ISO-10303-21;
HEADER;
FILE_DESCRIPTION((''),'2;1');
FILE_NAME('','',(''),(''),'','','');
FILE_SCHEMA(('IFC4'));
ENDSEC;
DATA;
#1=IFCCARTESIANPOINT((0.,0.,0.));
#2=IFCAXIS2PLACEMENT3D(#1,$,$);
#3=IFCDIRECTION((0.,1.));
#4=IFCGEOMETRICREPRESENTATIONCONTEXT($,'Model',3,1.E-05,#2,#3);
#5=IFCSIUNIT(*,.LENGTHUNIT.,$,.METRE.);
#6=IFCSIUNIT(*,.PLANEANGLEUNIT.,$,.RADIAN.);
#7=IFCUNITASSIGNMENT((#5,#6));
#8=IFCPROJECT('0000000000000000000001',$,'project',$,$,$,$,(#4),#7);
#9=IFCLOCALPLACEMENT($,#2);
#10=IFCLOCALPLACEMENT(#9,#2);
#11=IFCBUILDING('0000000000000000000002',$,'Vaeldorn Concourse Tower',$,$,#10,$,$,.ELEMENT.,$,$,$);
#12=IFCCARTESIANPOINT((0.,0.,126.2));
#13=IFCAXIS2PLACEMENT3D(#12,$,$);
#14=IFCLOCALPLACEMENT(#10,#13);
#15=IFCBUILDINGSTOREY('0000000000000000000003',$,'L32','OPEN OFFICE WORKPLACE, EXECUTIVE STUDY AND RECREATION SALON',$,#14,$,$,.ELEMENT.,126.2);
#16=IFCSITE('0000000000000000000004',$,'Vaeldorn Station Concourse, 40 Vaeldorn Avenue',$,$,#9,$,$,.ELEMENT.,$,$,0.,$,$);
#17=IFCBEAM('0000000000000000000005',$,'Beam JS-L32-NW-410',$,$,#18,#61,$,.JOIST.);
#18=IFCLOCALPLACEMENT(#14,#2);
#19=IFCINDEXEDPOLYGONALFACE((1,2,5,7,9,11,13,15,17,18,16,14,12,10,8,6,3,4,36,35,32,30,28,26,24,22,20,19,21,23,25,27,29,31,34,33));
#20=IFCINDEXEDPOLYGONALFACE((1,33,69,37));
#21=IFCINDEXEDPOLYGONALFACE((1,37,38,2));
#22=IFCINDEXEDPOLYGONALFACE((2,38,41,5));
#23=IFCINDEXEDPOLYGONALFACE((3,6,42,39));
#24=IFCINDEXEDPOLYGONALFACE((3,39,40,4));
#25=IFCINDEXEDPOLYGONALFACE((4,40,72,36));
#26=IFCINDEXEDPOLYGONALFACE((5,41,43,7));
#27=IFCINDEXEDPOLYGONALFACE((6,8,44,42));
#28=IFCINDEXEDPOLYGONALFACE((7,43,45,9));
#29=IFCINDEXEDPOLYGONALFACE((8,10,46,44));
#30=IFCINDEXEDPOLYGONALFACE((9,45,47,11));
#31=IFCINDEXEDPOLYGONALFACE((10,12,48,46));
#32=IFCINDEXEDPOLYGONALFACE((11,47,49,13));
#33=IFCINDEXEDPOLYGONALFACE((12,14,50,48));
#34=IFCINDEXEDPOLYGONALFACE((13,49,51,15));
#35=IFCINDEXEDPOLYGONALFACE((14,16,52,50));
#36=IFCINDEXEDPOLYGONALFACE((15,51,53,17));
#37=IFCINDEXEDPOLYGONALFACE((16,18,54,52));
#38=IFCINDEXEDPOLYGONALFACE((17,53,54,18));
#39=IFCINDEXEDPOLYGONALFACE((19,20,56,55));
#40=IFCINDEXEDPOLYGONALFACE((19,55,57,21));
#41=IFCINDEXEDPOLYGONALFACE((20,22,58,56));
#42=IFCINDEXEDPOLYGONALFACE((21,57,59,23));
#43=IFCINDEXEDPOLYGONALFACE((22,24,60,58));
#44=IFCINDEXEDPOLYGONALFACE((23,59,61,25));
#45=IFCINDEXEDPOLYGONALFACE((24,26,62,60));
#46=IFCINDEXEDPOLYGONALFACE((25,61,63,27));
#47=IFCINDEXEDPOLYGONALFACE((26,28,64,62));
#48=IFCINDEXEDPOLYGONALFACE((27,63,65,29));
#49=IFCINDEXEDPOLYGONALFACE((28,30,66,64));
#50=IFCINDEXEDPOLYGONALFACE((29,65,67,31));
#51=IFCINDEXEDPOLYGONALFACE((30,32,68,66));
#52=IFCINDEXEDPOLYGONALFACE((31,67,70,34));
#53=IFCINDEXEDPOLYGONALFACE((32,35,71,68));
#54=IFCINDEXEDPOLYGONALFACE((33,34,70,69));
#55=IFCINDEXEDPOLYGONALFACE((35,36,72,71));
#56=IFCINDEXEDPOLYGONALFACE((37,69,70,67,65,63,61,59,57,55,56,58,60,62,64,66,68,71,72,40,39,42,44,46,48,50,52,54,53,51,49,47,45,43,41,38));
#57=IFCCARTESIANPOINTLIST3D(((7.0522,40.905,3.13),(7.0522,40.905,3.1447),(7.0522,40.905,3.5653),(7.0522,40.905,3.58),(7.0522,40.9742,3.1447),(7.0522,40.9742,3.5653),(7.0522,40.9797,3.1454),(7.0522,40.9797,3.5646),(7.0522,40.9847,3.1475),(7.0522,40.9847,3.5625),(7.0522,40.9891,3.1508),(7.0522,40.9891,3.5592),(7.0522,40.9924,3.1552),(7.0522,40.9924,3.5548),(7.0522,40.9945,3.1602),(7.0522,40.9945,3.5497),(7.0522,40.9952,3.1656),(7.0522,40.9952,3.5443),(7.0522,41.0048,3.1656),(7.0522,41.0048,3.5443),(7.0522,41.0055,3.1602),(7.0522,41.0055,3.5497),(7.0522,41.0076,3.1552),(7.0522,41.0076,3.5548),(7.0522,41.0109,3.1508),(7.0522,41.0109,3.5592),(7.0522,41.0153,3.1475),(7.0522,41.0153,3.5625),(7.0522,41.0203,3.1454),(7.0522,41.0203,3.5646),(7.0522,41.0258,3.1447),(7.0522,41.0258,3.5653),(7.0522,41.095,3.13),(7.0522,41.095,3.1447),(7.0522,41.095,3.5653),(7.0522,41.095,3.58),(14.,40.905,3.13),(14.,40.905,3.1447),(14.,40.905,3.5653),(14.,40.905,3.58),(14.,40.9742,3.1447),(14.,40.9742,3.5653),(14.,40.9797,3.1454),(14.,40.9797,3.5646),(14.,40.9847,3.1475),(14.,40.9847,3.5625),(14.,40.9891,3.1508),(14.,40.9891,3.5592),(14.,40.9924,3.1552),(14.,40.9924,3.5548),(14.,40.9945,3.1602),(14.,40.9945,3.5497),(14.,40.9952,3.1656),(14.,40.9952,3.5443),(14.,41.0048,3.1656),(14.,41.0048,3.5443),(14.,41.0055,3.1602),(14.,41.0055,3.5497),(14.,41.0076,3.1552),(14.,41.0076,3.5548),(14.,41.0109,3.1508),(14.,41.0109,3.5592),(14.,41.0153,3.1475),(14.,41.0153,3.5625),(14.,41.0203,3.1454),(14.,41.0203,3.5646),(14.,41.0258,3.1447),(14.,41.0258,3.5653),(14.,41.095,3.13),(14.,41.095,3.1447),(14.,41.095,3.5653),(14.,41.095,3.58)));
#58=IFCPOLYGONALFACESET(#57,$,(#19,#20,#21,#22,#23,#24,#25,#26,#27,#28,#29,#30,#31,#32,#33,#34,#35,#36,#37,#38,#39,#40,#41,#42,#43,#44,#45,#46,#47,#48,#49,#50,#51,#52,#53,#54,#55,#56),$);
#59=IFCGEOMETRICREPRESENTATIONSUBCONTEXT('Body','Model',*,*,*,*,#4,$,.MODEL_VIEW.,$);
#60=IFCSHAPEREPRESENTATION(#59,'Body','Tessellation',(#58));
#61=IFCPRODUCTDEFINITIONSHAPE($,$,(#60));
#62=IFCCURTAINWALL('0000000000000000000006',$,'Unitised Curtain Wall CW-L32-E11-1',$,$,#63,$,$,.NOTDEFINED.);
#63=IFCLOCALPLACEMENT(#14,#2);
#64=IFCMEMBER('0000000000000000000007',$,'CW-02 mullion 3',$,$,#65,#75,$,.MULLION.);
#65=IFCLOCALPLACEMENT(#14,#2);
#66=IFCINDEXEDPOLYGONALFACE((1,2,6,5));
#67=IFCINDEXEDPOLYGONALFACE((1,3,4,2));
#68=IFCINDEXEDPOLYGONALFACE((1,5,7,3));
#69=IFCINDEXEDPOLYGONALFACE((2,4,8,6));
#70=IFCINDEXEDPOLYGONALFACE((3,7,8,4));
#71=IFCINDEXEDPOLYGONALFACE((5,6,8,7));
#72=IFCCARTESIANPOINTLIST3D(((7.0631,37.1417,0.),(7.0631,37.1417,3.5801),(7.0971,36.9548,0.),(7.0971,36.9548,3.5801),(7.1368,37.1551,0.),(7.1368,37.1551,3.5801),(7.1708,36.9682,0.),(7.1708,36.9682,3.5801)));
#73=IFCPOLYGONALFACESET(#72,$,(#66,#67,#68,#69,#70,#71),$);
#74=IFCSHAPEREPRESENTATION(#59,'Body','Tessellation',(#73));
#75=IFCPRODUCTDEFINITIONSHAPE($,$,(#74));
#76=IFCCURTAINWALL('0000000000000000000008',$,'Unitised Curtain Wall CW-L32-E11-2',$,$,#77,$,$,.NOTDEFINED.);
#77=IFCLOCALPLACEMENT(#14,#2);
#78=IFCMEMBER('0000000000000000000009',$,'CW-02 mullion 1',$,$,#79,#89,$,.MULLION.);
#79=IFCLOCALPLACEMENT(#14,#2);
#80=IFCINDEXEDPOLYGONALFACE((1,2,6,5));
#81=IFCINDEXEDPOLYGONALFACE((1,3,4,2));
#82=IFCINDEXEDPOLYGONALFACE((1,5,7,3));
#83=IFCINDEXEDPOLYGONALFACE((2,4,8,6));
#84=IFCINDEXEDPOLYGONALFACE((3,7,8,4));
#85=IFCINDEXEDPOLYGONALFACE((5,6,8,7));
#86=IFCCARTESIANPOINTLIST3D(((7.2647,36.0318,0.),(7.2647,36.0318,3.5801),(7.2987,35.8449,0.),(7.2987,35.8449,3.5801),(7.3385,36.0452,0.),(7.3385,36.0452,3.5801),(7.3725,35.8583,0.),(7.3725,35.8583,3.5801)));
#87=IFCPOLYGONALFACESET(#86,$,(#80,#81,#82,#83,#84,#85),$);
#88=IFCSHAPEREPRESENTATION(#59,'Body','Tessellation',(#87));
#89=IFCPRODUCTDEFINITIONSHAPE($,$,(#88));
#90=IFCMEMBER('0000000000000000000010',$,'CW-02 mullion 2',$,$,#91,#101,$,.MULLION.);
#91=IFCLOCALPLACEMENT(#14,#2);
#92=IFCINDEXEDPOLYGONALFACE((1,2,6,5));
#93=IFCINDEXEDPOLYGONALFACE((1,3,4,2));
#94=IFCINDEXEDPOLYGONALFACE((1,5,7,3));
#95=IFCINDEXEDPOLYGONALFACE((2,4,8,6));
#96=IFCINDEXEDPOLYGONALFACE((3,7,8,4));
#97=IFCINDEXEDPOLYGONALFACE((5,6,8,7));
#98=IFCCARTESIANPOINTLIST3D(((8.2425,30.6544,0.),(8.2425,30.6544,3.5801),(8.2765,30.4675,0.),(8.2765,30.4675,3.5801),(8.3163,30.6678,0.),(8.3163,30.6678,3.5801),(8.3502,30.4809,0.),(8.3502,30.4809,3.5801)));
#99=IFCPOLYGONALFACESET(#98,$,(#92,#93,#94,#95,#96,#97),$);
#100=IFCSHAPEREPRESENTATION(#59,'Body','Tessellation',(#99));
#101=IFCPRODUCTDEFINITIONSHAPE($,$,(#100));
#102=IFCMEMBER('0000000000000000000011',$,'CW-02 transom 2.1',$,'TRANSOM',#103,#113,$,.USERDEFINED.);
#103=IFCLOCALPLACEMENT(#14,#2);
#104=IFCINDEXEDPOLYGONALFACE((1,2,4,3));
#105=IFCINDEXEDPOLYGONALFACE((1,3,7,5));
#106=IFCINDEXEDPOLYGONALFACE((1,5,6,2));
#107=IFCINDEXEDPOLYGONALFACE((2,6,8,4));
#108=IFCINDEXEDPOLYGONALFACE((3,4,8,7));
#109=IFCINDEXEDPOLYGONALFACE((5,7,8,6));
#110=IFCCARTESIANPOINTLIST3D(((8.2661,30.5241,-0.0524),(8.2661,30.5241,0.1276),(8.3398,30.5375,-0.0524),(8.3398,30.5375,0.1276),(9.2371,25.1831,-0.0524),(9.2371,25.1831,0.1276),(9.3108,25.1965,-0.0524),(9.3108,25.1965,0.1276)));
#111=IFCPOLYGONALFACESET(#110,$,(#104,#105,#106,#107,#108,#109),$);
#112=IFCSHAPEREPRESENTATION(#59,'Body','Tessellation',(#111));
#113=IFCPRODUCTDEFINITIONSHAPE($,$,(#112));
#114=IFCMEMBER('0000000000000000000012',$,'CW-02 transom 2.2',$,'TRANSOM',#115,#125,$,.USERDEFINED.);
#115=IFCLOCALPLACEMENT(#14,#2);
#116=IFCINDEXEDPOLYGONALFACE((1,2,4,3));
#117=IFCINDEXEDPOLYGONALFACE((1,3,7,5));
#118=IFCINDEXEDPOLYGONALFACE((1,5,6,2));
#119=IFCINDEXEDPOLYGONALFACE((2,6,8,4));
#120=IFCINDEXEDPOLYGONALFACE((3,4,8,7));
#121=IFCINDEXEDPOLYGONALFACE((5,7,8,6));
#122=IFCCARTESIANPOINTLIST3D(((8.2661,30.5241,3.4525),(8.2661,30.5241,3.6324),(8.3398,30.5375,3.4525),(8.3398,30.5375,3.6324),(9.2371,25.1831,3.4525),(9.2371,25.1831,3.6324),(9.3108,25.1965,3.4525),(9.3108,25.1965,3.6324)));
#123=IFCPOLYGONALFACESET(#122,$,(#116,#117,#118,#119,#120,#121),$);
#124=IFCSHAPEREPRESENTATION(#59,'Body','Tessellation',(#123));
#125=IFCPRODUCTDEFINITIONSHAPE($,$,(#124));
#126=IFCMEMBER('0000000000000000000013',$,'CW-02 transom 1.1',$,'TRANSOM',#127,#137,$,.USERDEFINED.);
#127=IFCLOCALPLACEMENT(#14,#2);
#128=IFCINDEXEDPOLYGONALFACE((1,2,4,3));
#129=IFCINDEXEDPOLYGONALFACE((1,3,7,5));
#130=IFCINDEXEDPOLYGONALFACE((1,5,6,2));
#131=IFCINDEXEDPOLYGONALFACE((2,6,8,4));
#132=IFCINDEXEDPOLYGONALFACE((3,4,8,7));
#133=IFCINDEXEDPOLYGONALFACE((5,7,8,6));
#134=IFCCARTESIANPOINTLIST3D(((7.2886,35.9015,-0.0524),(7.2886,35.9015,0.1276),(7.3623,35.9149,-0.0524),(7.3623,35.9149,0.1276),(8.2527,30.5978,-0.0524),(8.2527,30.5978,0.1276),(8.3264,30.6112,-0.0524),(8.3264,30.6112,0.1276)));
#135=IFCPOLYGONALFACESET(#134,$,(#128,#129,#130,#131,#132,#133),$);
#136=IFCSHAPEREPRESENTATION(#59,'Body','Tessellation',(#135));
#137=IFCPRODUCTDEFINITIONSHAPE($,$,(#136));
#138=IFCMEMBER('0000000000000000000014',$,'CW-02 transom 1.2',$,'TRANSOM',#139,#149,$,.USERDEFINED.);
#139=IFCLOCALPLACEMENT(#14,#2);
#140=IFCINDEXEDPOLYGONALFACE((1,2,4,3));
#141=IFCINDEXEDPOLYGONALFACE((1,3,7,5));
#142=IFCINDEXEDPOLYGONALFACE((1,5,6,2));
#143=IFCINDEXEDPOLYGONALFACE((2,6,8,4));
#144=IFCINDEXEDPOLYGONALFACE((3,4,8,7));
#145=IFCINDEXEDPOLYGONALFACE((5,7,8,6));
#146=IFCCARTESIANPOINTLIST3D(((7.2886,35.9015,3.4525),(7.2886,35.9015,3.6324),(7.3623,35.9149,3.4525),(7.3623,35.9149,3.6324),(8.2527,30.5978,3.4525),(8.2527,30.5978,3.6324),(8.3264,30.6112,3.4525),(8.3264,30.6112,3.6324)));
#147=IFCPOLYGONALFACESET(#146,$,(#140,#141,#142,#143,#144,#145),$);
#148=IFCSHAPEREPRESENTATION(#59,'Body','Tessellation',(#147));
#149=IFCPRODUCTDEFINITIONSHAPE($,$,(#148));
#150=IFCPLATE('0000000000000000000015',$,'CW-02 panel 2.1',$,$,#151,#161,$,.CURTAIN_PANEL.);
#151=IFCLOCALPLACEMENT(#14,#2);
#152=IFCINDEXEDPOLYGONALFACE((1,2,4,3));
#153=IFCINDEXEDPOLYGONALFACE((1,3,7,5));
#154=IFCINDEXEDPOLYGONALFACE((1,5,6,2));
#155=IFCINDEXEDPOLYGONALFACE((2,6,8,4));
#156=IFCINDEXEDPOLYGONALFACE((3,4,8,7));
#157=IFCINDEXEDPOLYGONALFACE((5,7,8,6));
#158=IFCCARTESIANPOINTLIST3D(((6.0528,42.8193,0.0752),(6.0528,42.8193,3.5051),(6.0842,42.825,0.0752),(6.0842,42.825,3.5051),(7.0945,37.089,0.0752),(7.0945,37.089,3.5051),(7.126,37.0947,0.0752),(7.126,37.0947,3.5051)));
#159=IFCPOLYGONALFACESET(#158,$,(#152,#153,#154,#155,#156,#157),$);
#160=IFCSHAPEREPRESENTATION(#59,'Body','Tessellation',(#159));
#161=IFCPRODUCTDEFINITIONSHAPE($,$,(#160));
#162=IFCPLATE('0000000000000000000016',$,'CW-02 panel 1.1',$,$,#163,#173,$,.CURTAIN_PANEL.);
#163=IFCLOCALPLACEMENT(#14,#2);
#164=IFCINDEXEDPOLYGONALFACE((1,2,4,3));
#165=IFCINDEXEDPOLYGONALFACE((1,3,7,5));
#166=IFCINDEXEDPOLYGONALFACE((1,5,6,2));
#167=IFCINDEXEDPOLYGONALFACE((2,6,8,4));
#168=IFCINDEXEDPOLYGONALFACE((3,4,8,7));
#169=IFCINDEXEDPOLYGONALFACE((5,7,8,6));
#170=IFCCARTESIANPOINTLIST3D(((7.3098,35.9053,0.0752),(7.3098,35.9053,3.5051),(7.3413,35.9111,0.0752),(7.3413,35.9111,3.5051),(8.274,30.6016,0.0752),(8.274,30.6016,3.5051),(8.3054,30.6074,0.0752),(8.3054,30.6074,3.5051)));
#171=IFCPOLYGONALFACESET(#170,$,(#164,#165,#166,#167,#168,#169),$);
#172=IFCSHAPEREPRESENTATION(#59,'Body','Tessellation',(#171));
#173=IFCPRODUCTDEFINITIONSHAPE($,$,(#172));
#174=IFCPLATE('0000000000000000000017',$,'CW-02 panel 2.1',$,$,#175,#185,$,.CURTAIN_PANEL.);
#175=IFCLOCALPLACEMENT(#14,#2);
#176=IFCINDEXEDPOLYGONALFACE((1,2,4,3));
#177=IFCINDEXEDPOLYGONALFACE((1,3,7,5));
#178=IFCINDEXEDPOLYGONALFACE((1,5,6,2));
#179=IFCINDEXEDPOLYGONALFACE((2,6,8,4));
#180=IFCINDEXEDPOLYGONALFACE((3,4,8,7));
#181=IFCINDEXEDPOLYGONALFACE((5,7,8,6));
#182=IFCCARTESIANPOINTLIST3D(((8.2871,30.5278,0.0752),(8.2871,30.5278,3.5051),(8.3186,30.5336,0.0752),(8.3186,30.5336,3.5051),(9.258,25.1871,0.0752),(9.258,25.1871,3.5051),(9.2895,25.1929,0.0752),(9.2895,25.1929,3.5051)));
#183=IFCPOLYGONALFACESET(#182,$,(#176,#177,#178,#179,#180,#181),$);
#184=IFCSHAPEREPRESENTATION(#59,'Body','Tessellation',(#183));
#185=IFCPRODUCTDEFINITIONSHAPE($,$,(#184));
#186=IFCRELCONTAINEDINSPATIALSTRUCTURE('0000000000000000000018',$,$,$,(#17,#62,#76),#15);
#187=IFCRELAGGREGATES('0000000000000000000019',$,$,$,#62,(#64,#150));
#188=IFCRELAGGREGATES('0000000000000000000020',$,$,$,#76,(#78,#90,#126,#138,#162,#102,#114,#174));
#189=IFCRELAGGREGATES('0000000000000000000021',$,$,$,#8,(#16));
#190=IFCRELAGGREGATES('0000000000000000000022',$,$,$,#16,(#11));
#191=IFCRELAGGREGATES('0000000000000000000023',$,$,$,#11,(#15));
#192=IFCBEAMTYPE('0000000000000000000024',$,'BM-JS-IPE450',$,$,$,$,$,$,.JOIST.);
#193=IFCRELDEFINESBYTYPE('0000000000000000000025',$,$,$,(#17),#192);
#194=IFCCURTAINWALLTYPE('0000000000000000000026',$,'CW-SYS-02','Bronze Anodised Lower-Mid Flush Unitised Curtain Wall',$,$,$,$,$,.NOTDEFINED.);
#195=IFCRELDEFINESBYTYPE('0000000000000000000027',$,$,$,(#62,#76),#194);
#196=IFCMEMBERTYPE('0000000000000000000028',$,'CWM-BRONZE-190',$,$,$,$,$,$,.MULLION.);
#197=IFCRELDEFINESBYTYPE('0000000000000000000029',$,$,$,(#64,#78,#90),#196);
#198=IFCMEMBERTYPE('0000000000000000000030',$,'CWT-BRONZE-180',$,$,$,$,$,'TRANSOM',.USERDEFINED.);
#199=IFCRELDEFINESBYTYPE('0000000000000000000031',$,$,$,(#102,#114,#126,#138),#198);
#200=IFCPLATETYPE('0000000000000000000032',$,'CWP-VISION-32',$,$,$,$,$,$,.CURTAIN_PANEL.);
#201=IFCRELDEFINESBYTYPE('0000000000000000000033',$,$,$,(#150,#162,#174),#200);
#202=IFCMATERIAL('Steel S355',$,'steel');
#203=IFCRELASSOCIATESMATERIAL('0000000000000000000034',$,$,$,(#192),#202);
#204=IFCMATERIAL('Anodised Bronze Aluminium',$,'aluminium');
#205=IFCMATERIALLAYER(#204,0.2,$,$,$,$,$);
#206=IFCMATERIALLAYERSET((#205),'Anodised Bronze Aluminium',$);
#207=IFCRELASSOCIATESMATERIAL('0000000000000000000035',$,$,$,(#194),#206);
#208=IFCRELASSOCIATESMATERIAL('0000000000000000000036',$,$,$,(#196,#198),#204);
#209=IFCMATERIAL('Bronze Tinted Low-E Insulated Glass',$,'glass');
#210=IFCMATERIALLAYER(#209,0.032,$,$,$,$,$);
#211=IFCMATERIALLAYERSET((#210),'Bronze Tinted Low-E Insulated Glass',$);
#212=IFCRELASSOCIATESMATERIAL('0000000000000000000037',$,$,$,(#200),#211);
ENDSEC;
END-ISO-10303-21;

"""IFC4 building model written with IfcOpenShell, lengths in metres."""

from ifc_helpers import new_model, si_unit, direction, frame, origin, origin_2d, place, context, subcontext, project, spatial, rectangle, i_section, extrude, source, transform, mapped, material, layer, layer_set, material_profile, profile_set, type_object, element, aggregate, save


model = new_model("IFC4")

# Units and contexts
model_context = context("Model", 3, precision=1e-05, world=origin(), true_north=direction((0.0, 1.0)))
body_context = subcontext(model_context, "Body", "Model", "MODEL_VIEW")
ifc_project = project(units=[si_unit("LENGTHUNIT", "METRE"), si_unit("PLANEANGLEUNIT", "RADIAN")], contexts=[model_context])

# Site, building, storey
site_placement = place(None, origin())
site = spatial("IfcSite", under=ifc_project, at=site_placement, Name="Vaeldorn Station Concourse, 40 Vaeldorn Avenue", CompositionType="ELEMENT", RefElevation=0.0)
building_placement = place(site_placement, origin())
building = spatial("IfcBuilding", under=site, at=building_placement, Name="Vaeldorn Concourse Tower", CompositionType="ELEMENT")
storey_placement = place(building_placement, frame((0.0, 0.0, 126.2)))
storey = spatial("IfcBuildingStorey", under=building, at=storey_placement, Name="L32", Description="OPEN OFFICE WORKPLACE, EXECUTIVE STUDY AND RECREATION SALON", CompositionType="ELEMENT", Elevation=126.2)

# Beam
ifc_material_1 = material(Name="Steel S355", Category="steel")
ifc_material_profile_1 = material_profile(ifc_material_1, i_section(OverallWidth=0.1899, OverallDepth=0.45, WebThickness=0.0095, FlangeThickness=0.0146, FilletRadius=0.021, at=origin_2d()), Name="IPE 450")
ifc_profile_set_1 = profile_set([ifc_material_profile_1], Name="Steel S355")
beam_type_1 = type_object("IfcBeamType", Name="BM-JS-IPE450", PredefinedType="JOIST", material=ifc_profile_set_1)
shared_shape_1 = source(origin(), body_context, "Body", "SweptSolid", [
    extrude(i_section(OverallWidth=0.1899, OverallDepth=0.45, WebThickness=0.0095, FlangeThickness=0.0146, FilletRadius=0.021, at=origin_2d()), origin(), (0.0, 0.0, 1.0), 6.9478),
])
beam_1_placement = place(storey_placement, frame((7.0522, 41.0, 3.355), z_axis=(1.0, 0.0, 0.0), x_axis=(0.0, 1.0, 0.0)))
element("IfcBeam", 1, at=beam_1_placement, inside=storey, type_object=beam_type_1, Name="Beam JS-L32-NW-410", PredefinedType="JOIST", context=body_context, shape_type="MappedRepresentation", body=[
    mapped(shared_shape_1, transform((0.0, 0.0, 0.0), scale=1.0)),
])

# Curtain wall, member
ifc_material_2 = material(Name="Anodised Bronze Aluminium", Category="aluminium")
ifc_layer_1 = layer(ifc_material_2, 0.2)
ifc_layer_set_1 = layer_set([ifc_layer_1], Name="Anodised Bronze Aluminium")
curtain_wall_type = type_object("IfcCurtainWallType", Name="CW-SYS-02", Description="Bronze Anodised Lower-Mid Flush Unitised Curtain Wall", PredefinedType="NOTDEFINED", material=ifc_layer_set_1)
curtain_wall_1_placement = place(storey_placement, origin())
curtain_wall_1 = element("IfcCurtainWall", 2, at=curtain_wall_1_placement, inside=storey, type_object=curtain_wall_type, Name="Unitised Curtain Wall CW-L32-E11-1", PredefinedType="NOTDEFINED")
ifc_material_profile_2 = material_profile(ifc_material_2, rectangle(XDim=0.075, YDim=0.1899, at=origin_2d()), Name="CWM 75x190")
ifc_profile_set_2 = profile_set([ifc_material_profile_2], Name="Anodised Bronze Aluminium")
member_type_1 = type_object("IfcMemberType", Name="CWM-BRONZE-190", PredefinedType="MULLION", material=ifc_profile_set_2)
shared_shape_2 = source(origin(), body_context, "Body", "SweptSolid", [
    extrude(rectangle(XDim=0.075, YDim=0.1899, at=origin_2d()), origin(), (0.0, 0.0, 1.0), 3.5801),
])
member_1_placement = place(storey_placement, frame((7.1169, 37.0549, 0.0), z_axis=(0.0, 0.0, 1.0), x_axis=(0.983874, 0.178861, 0.0)))
member_1 = element("IfcMember", 3, at=member_1_placement, type_object=member_type_1, Name="CW-02 mullion 3", PredefinedType="MULLION", context=body_context, shape_type="MappedRepresentation", body=[
    mapped(shared_shape_2, transform((0.0, 0.0, 0.0), scale=1.0)),
])

# Curtain wall, members
curtain_wall_2_placement = place(storey_placement, origin())
curtain_wall_2 = element("IfcCurtainWall", 4, at=curtain_wall_2_placement, inside=storey, type_object=curtain_wall_type, Name="Unitised Curtain Wall CW-L32-E11-2", PredefinedType="NOTDEFINED")
member_2_placement = place(storey_placement, frame((7.3186, 35.9451, 0.0), z_axis=(0.0, 0.0, 1.0), x_axis=(0.983874, 0.17886, 0.0)))
member_2 = element("IfcMember", 5, at=member_2_placement, type_object=member_type_1, Name="CW-02 mullion 1", PredefinedType="MULLION", context=body_context, shape_type="MappedRepresentation", body=[
    mapped(shared_shape_2, transform((0.0, 0.0, 0.0), scale=1.0)),
])
member_3_placement = place(storey_placement, frame((8.2964, 30.5676, 0.0), z_axis=(0.0, 0.0, 1.0), x_axis=(0.983874, 0.17886, 0.0)))
member_3 = element("IfcMember", 6, at=member_3_placement, type_object=member_type_1, Name="CW-02 mullion 2", PredefinedType="MULLION", context=body_context, shape_type="MappedRepresentation", body=[
    mapped(shared_shape_2, transform((0.0, 0.0, 0.0), scale=1.0)),
])
ifc_material_profile_3 = material_profile(ifc_material_2, rectangle(XDim=0.075, YDim=0.1799, at=origin_2d()), Name="CWT 75x180")
ifc_profile_set_3 = profile_set([ifc_material_profile_3], Name="Anodised Bronze Aluminium")
member_type_2 = type_object("IfcMemberType", Name="CWT-BRONZE-180", ElementType="TRANSOM", PredefinedType="USERDEFINED", material=ifc_profile_set_3)
shared_shape_3 = source(origin(), body_context, "Body", "SweptSolid", [
    extrude(rectangle(XDim=0.075, YDim=0.1799, at=origin_2d()), origin(), (0.0, 0.0, 1.0), 5.4285),
])
member_4_placement = place(storey_placement, frame((8.303, 30.5308, 0.0376), z_axis=(0.178866, -0.983874, 0.0), x_axis=(0.983874, 0.178866, 0.0)))
member_4 = element("IfcMember", 7, at=member_4_placement, type_object=member_type_2, Name="CW-02 transom 2.1", ObjectType="TRANSOM", PredefinedType="USERDEFINED", context=body_context, shape_type="MappedRepresentation", body=[
    mapped(shared_shape_3, transform((0.0, 0.0, 0.0), scale=1.0)),
])
member_5_placement = place(storey_placement, frame((8.303, 30.5308, 3.5425), z_axis=(0.178866, -0.983874, 0.0), x_axis=(0.983874, 0.178866, 0.0)))
member_5 = element("IfcMember", 8, at=member_5_placement, type_object=member_type_2, Name="CW-02 transom 2.2", ObjectType="TRANSOM", PredefinedType="USERDEFINED", context=body_context, shape_type="MappedRepresentation", body=[
    mapped(shared_shape_3, transform((0.0, 0.0, 0.0), scale=1.0)),
])
shared_shape_4 = source(origin(), body_context, "Body", "SweptSolid", [
    extrude(rectangle(XDim=0.075, YDim=0.1799, at=origin_2d()), origin(), (0.0, 0.0, 1.0), 5.3906),
])
member_6_placement = place(storey_placement, frame((7.3254, 35.9082, 0.0376), z_axis=(0.17885, -0.983876, 0.0), x_axis=(0.983876, 0.17885, 0.0)))
member_6 = element("IfcMember", 9, at=member_6_placement, type_object=member_type_2, Name="CW-02 transom 1.1", ObjectType="TRANSOM", PredefinedType="USERDEFINED", context=body_context, shape_type="MappedRepresentation", body=[
    mapped(shared_shape_4, transform((0.0, 0.0, 0.0), scale=1.0)),
])
member_7_placement = place(storey_placement, frame((7.3254, 35.9082, 3.5425), z_axis=(0.17885, -0.983876, 0.0), x_axis=(0.983876, 0.17885, 0.0)))
member_7 = element("IfcMember", 10, at=member_7_placement, type_object=member_type_2, Name="CW-02 transom 1.2", ObjectType="TRANSOM", PredefinedType="USERDEFINED", context=body_context, shape_type="MappedRepresentation", body=[
    mapped(shared_shape_4, transform((0.0, 0.0, 0.0), scale=1.0)),
])

# Plates
ifc_material_3 = material(Name="Bronze Tinted Low-E Insulated Glass", Category="glass")
ifc_layer_2 = layer(ifc_material_3, 0.032)
ifc_layer_set_2 = layer_set([ifc_layer_2], Name="Bronze Tinted Low-E Insulated Glass")
plate_type = type_object("IfcPlateType", Name="CWP-VISION-32", PredefinedType="CURTAIN_PANEL", material=ifc_layer_set_2)
shared_shape_5 = source(origin(), body_context, "Body", "SweptSolid", [
    extrude(rectangle(XDim=5.8242, YDim=0.032, at=origin_2d()), origin(), (0.0, 0.0, 1.0), 3.4299),
])
plate_1_placement = place(storey_placement, frame((6.5894, 39.957, 0.0752), z_axis=(0.0, 0.0, 1.0), x_axis=(0.178861, -0.983874, 0.0)))
plate_1 = element("IfcPlate", 11, at=plate_1_placement, type_object=plate_type, Name="CW-02 panel 2.1", PredefinedType="CURTAIN_PANEL", context=body_context, shape_type="MappedRepresentation", body=[
    mapped(shared_shape_5, transform((0.0, 0.0, 0.0), scale=1.0)),
])
aggregate(curtain_wall_1, [member_1, plate_1])
shared_shape_6 = source(origin(), body_context, "Body", "SweptSolid", [
    extrude(rectangle(XDim=5.3906, YDim=0.032, at=origin_2d()), origin(), (0.0, 0.0, 1.0), 3.4299),
])
plate_2_placement = place(storey_placement, frame((7.8076, 33.2563, 0.0752), z_axis=(0.0, 0.0, 1.0), x_axis=(0.17886, -0.983874, 0.0)))
plate_2 = element("IfcPlate", 12, at=plate_2_placement, type_object=plate_type, Name="CW-02 panel 1.1", PredefinedType="CURTAIN_PANEL", context=body_context, shape_type="MappedRepresentation", body=[
    mapped(shared_shape_6, transform((0.0, 0.0, 0.0), scale=1.0)),
])
shared_shape_7 = source(origin(), body_context, "Body", "SweptSolid", [
    extrude(rectangle(XDim=5.4282, YDim=0.032, at=origin_2d()), origin(), (0.0, 0.0, 1.0), 3.4299),
])
plate_3_placement = place(storey_placement, frame((8.7883, 27.8604, 0.0752), z_axis=(0.0, 0.0, 1.0), x_axis=(0.17886, -0.983874, 0.0)))
plate_3 = element("IfcPlate", 13, at=plate_3_placement, type_object=plate_type, Name="CW-02 panel 2.1", PredefinedType="CURTAIN_PANEL", context=body_context, shape_type="MappedRepresentation", body=[
    mapped(shared_shape_7, transform((0.0, 0.0, 0.0), scale=1.0)),
])
aggregate(curtain_wall_2, [member_2, member_3, member_6, member_7, plate_2, member_4, member_5, plate_3])

save(model, "model.ifc")
